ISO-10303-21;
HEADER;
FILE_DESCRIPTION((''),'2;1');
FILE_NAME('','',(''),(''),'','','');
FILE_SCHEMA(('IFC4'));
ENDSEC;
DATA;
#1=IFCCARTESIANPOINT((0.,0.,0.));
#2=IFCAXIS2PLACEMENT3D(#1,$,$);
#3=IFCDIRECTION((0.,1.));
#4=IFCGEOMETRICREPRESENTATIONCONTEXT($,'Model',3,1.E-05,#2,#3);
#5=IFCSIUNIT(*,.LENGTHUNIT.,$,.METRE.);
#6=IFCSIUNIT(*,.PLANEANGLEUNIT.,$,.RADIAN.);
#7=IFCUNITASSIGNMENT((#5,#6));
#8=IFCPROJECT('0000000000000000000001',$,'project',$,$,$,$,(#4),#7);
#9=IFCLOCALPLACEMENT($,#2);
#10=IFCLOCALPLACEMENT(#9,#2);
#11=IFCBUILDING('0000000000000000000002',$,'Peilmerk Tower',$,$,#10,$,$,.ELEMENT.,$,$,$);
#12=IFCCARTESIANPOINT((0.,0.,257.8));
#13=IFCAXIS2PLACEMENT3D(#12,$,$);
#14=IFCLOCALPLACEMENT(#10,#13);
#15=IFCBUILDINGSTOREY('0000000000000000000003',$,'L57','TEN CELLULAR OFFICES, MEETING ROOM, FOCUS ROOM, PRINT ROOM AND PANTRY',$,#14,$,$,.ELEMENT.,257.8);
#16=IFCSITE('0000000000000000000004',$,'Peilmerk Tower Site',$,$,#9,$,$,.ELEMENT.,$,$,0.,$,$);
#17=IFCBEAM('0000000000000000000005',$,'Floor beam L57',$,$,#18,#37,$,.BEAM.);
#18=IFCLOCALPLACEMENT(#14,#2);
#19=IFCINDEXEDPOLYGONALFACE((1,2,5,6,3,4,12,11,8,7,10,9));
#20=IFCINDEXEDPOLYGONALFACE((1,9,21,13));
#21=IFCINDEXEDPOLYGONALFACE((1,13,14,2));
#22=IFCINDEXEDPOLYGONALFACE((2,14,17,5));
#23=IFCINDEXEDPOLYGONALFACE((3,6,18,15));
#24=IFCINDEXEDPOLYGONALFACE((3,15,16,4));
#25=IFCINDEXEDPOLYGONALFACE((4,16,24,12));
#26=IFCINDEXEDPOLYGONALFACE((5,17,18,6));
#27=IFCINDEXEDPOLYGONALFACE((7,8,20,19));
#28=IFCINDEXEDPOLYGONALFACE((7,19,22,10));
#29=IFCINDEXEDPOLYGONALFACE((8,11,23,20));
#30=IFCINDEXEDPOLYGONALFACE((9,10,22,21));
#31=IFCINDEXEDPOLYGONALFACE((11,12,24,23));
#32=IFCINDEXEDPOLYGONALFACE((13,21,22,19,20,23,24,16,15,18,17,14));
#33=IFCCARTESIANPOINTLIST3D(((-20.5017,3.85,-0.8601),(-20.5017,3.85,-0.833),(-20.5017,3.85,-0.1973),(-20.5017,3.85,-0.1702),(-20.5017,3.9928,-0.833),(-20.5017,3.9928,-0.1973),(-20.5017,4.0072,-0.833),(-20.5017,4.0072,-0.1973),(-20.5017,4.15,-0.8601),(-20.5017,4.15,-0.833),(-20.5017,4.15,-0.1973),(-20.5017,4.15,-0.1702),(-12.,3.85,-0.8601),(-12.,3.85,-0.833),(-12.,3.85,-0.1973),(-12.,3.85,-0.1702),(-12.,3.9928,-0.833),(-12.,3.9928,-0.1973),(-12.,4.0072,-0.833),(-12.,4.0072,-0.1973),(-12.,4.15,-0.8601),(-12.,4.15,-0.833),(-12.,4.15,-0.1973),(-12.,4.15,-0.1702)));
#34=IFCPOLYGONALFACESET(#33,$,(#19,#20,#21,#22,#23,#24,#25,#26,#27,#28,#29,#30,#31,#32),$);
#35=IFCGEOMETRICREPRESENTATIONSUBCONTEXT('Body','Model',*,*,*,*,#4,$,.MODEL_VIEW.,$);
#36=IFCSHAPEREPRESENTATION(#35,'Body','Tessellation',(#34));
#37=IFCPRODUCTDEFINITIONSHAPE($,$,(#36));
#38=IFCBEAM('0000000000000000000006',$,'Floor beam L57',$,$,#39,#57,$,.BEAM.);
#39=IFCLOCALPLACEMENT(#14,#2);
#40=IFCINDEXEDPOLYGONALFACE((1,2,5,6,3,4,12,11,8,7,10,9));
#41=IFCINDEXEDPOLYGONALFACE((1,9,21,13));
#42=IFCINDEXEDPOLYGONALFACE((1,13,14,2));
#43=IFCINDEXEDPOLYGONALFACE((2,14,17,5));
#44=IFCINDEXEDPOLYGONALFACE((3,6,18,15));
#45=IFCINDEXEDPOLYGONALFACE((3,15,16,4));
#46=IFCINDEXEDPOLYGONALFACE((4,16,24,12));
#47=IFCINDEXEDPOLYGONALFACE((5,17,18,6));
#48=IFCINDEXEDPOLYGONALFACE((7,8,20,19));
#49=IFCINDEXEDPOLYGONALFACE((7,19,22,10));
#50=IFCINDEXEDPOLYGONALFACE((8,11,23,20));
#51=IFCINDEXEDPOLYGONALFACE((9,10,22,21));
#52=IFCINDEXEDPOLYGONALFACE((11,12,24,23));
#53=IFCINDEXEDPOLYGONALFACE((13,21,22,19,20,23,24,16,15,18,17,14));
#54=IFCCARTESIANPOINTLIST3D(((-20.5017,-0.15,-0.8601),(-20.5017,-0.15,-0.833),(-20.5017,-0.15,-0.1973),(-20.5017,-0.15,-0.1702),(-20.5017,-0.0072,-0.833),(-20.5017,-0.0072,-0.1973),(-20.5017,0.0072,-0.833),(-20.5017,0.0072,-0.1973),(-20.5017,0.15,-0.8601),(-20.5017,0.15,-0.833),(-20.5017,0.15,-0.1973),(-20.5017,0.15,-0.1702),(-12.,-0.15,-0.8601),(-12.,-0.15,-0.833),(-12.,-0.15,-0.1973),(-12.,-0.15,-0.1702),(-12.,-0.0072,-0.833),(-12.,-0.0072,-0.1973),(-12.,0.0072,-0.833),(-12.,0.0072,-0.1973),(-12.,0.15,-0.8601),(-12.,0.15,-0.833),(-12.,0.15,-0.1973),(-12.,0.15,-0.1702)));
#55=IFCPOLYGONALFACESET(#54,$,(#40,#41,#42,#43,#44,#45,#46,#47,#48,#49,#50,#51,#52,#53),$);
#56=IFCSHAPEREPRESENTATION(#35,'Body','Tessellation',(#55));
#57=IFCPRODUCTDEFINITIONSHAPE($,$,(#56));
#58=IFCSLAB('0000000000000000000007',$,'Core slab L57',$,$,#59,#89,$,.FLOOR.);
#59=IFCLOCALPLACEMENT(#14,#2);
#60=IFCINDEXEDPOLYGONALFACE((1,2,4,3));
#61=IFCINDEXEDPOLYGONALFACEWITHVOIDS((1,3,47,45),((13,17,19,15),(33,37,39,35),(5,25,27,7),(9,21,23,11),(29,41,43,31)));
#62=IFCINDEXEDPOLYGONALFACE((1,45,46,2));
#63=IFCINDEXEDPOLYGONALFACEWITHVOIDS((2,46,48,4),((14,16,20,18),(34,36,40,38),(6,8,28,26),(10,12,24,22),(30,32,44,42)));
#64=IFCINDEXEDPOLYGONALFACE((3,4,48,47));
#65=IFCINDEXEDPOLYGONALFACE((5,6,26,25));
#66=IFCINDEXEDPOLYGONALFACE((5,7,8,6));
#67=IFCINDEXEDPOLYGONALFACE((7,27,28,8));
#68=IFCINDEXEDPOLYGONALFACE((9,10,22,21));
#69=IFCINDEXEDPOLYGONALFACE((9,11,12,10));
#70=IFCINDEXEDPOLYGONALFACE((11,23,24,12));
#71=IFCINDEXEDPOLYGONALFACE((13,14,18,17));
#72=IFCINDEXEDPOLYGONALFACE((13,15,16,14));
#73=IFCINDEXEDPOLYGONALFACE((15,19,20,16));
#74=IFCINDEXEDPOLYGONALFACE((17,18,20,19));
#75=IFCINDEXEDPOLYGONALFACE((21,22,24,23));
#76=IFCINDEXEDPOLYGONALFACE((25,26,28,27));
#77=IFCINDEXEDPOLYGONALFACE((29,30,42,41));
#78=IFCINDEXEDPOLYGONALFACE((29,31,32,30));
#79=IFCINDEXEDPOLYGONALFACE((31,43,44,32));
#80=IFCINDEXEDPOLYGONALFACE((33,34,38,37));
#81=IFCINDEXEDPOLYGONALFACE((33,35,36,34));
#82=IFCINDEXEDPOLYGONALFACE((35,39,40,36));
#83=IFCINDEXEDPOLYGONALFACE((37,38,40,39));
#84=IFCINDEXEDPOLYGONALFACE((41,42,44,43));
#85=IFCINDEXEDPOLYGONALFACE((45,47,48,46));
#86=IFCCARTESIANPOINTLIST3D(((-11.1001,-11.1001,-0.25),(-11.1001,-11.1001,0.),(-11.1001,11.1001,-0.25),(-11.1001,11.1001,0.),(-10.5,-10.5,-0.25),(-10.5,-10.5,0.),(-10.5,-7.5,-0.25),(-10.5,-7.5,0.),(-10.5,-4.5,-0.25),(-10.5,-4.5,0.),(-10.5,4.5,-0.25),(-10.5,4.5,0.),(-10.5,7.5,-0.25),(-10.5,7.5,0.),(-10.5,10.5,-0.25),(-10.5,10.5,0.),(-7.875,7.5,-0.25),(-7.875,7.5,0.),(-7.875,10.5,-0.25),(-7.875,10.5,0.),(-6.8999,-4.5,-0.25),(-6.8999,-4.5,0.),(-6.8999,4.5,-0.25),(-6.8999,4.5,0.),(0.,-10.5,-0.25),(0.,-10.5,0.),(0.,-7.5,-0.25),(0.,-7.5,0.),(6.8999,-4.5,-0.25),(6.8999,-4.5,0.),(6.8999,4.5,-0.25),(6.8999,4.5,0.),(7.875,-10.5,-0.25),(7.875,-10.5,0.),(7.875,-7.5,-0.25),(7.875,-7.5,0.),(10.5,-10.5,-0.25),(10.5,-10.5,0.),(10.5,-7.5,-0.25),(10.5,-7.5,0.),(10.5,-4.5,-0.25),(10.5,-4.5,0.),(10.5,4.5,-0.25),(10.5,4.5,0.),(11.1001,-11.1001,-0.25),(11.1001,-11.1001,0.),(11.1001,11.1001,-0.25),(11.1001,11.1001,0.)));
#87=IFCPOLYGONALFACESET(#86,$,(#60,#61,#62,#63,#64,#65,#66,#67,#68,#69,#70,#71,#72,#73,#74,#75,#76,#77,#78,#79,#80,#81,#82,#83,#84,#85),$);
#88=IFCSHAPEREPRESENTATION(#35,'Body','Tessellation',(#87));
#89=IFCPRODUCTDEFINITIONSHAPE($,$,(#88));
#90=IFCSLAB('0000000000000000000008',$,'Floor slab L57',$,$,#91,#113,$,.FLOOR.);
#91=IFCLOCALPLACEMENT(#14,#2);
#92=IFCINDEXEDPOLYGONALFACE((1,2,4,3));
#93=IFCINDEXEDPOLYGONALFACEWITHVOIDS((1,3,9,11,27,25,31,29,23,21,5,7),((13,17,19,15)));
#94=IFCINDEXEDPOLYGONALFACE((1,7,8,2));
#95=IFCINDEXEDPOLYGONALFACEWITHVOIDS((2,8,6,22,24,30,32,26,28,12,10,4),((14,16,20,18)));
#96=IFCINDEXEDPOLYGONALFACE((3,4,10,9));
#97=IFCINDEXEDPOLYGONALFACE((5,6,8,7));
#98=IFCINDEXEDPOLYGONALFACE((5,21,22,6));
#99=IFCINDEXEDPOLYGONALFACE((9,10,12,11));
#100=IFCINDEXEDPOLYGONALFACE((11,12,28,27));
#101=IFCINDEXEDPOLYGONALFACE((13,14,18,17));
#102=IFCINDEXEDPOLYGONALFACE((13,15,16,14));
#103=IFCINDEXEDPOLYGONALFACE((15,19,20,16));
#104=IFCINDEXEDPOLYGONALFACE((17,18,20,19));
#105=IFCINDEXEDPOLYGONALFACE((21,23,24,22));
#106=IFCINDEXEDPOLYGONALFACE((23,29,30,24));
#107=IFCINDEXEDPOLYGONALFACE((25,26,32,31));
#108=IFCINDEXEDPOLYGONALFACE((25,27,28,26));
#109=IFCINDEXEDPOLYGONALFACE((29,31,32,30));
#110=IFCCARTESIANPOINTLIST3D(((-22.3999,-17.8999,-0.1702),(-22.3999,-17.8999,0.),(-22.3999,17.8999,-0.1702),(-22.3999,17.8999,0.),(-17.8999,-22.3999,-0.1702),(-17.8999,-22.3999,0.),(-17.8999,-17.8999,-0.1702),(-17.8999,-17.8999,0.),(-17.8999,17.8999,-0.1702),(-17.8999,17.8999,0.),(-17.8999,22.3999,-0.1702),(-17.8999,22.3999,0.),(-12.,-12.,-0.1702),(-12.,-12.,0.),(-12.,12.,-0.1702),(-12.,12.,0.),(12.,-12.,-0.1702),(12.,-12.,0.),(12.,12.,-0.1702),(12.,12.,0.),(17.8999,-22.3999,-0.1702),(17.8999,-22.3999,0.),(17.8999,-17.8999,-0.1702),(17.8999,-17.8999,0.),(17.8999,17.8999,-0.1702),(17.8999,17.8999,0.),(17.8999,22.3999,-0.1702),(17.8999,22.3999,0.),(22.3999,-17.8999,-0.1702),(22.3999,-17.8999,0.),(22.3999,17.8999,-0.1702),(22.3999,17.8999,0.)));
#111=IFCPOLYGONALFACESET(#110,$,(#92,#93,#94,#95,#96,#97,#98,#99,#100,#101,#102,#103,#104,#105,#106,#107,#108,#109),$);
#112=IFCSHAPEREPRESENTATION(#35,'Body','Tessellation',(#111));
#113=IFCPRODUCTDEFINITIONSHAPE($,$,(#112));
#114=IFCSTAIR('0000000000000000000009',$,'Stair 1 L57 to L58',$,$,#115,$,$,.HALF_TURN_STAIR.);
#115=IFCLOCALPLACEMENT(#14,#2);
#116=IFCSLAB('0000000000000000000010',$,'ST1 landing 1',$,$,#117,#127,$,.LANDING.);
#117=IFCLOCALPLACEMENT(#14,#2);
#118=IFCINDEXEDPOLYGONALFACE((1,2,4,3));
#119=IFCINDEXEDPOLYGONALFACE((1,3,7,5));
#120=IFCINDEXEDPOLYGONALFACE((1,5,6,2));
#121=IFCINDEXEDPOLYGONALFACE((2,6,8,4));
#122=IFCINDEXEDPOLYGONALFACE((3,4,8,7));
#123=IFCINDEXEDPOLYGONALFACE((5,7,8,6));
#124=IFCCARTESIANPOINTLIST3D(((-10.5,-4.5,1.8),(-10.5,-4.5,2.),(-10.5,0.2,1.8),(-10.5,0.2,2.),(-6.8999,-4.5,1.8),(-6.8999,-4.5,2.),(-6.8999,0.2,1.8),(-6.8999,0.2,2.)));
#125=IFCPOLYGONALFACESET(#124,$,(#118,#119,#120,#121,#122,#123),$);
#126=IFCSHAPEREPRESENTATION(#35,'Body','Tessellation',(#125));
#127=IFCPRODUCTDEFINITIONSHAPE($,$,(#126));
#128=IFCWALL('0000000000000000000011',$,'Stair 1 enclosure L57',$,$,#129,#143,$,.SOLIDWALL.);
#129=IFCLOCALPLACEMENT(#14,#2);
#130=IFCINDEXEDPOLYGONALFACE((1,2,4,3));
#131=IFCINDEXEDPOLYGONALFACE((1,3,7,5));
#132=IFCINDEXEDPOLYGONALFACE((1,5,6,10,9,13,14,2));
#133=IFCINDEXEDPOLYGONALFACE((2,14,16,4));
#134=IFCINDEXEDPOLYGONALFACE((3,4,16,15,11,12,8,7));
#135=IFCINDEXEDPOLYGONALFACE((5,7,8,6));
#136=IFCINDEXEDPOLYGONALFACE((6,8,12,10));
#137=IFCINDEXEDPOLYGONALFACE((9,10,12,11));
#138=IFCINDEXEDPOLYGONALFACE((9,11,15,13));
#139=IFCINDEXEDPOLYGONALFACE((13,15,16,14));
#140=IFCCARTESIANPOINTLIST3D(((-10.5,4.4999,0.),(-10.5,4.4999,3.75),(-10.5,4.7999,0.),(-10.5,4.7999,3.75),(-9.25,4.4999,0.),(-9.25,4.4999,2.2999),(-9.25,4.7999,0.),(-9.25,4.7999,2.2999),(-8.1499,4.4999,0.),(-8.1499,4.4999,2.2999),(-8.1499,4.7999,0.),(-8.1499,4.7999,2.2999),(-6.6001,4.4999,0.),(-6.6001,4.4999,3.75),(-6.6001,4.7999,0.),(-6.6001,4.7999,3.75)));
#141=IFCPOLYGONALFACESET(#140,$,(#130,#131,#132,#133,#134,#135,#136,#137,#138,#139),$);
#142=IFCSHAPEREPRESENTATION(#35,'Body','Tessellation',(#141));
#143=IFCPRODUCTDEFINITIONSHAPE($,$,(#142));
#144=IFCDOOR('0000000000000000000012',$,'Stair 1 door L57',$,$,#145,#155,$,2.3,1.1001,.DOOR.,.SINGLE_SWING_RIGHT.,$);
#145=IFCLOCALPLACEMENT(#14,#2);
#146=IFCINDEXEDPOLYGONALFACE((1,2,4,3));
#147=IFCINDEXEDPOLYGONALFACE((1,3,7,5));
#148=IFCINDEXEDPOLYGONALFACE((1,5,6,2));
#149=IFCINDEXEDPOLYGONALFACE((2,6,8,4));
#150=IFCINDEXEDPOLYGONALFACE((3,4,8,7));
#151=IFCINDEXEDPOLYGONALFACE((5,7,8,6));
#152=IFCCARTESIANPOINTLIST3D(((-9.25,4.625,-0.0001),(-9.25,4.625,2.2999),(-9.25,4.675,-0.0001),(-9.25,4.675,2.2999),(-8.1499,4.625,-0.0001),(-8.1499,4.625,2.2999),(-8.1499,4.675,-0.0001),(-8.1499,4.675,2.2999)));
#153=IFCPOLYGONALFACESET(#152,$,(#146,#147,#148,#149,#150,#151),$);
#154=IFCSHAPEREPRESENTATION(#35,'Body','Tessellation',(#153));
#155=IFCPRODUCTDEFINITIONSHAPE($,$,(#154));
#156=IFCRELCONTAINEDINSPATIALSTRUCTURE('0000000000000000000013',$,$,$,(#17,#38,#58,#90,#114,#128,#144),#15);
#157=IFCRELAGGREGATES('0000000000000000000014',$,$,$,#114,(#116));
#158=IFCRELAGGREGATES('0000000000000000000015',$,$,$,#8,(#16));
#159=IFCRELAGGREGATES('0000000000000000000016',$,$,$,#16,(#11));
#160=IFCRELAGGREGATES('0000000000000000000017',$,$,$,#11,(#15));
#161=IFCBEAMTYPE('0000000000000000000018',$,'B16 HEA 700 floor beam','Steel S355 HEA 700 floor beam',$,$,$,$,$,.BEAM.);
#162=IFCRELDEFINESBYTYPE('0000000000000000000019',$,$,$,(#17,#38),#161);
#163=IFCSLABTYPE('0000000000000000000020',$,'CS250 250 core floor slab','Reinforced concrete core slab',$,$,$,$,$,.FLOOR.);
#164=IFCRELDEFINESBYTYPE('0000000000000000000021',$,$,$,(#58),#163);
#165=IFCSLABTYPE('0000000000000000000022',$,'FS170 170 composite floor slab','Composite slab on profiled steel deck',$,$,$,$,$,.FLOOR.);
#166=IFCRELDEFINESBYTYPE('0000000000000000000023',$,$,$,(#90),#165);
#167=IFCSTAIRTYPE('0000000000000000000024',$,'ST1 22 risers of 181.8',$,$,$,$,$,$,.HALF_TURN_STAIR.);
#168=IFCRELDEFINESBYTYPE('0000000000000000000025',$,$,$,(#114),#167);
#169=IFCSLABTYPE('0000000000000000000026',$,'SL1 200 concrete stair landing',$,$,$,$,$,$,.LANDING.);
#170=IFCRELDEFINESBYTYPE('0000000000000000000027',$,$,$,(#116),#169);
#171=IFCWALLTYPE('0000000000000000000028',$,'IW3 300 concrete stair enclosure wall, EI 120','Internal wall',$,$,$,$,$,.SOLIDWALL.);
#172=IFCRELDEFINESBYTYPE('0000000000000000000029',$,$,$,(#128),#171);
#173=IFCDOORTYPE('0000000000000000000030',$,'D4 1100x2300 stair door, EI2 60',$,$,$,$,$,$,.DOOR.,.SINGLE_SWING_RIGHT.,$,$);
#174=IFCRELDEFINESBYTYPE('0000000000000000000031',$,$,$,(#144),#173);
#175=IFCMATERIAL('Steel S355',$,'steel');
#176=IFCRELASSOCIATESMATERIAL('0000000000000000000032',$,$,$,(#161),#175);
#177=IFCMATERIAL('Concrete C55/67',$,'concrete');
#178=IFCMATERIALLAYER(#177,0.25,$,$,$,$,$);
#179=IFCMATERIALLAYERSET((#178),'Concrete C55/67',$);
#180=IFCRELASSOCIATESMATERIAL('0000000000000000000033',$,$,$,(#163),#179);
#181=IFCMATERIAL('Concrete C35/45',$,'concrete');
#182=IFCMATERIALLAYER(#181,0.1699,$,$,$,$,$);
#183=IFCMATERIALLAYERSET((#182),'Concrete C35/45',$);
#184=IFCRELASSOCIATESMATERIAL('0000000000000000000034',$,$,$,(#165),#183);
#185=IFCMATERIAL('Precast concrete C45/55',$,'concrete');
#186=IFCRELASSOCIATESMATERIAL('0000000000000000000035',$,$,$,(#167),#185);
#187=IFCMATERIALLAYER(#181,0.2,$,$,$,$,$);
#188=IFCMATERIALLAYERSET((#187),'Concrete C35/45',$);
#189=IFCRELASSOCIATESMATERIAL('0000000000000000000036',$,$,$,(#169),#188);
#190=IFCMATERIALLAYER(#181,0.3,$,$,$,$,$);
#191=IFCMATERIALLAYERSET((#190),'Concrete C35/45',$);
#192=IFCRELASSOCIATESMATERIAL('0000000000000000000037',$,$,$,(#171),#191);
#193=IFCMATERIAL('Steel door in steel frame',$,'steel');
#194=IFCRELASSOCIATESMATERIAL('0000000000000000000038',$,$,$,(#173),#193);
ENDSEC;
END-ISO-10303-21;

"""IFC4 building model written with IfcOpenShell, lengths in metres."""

from ifc_helpers import new_model, si_unit, direction, frame, frame_2d, origin, origin_2d, place, context, subcontext, project, spatial, polyline, rectangle, i_section, outline, extrude, material, layer, layer_set, material_profile, profile_set, type_object, element, fill, aggregate, save


model = new_model("IFC4")

# Units and contexts
model_context = context("Model", 3, precision=1e-05, world=origin(), true_north=direction((0.0, 1.0)))
body_context = subcontext(model_context, "Body", "Model", "MODEL_VIEW")
ifc_project = project(units=[si_unit("LENGTHUNIT", "METRE"), si_unit("PLANEANGLEUNIT", "RADIAN")], contexts=[model_context])

# Site, building, storey
site_placement = place(None, origin())
site = spatial("IfcSite", under=ifc_project, at=site_placement, Name="Peilmerk Tower Site", CompositionType="ELEMENT", RefElevation=0.0)
building_placement = place(site_placement, origin())
building = spatial("IfcBuilding", under=site, at=building_placement, Name="Peilmerk Tower", CompositionType="ELEMENT")
storey_placement = place(building_placement, frame((0.0, 0.0, 257.8)))
storey = spatial("IfcBuildingStorey", under=building, at=storey_placement, Name="L57", Description="TEN CELLULAR OFFICES, MEETING ROOM, FOCUS ROOM, PRINT ROOM AND PANTRY", CompositionType="ELEMENT", Elevation=257.8)

# Beams
ifc_material_1 = material(Name="Steel S355", Category="steel")
ifc_material_profile = material_profile(ifc_material_1, i_section(OverallWidth=0.3, OverallDepth=0.6899, WebThickness=0.0144, FlangeThickness=0.0271, at=origin_2d()), Name="HEA 700")
ifc_profile_set = profile_set([ifc_material_profile], Name="Steel S355")
beam_type = type_object("IfcBeamType", Name="B16 HEA 700 floor beam", Description="Steel S355 HEA 700 floor beam", PredefinedType="BEAM", material=ifc_profile_set)
for number, where, z_axis, x_axis, name in (
    (1, (-12.0, 4.0, -0.5151), (-1.0, 0.0, 0.0), (0.0, -1.0, 0.0), "Floor beam L57"),
    (2, (-12.0, 0.0, -0.5151), (-1.0, 0.0, 0.0), (0.0, -1.0, 0.0), "Floor beam L57"),
):
    element("IfcBeam", number, at=place(storey_placement, frame(where, z_axis=z_axis, x_axis=x_axis)), inside=storey, type_object=beam_type, Name=name, PredefinedType="BEAM", context=body_context, shape_type="SweptSolid", body=[
        extrude(i_section(OverallWidth=0.3, OverallDepth=0.6899, WebThickness=0.0144, FlangeThickness=0.0271, at=origin_2d()), origin(), (0.0, 0.0, 1.0), 8.5017),
    ])

# Slabs
ifc_material_2 = material(Name="Concrete C55/67", Category="concrete")
ifc_layer_1 = layer(ifc_material_2, 0.25)
ifc_layer_set_1 = layer_set([ifc_layer_1], Name="Concrete C55/67")
slab_type_1 = type_object("IfcSlabType", Name="CS250 250 core floor slab", Description="Reinforced concrete core slab", PredefinedType="FLOOR", material=ifc_layer_set_1)
slab_1_placement = place(storey_placement, frame((0.0, 0.0, -0.25)))
element("IfcSlab", 3, at=slab_1_placement, inside=storey, type_object=slab_type_1, Name="Core slab L57", PredefinedType="FLOOR", context=body_context, shape_type="SweptSolid", body=[
    extrude(outline(polyline([(11.1001, -11.1001), (11.1001, 11.1001), (-11.1001, 11.1001), (-11.1001, -11.1001), (11.1001, -11.1001)]), holes=[polyline([(-7.875, 7.5), (-10.5, 7.5), (-10.5, 10.5), (-7.875, 10.5), (-7.875, 7.5)]), polyline([(0.0, -10.5), (-10.5, -10.5), (-10.5, -7.5), (0.0, -7.5), (0.0, -10.5)]), polyline([(7.875, -10.5), (7.875, -7.5), (10.5, -7.5), (10.5, -10.5), (7.875, -10.5)]), polyline([(-10.5, 4.5), (-6.8999, 4.5), (-6.8999, -4.5), (-10.5, -4.5), (-10.5, 4.5)]), polyline([(10.5, 4.5), (10.5, -4.5), (6.8999, -4.5), (6.8999, 4.5), (10.5, 4.5)])]), origin(), (0.0, 0.0, 1.0), 0.25),
])
ifc_material_3 = material(Name="Concrete C35/45", Category="concrete")
ifc_layer_2 = layer(ifc_material_3, 0.1699)
ifc_layer_set_2 = layer_set([ifc_layer_2], Name="Concrete C35/45")
slab_type_2 = type_object("IfcSlabType", Name="FS170 170 composite floor slab", Description="Composite slab on profiled steel deck", PredefinedType="FLOOR", material=ifc_layer_set_2)
slab_2_placement = place(storey_placement, frame((0.0, 0.0, -0.1702)))
element("IfcSlab", 4, at=slab_2_placement, inside=storey, type_object=slab_type_2, Name="Floor slab L57", PredefinedType="FLOOR", context=body_context, shape_type="SweptSolid", body=[
    extrude(outline(polyline([(-17.8999, -22.3999), (17.8999, -22.3999), (17.8999, -17.8999), (22.3999, -17.8999), (22.3999, 17.8999), (17.8999, 17.8999), (17.8999, 22.3999), (-17.8999, 22.3999), (-17.8999, 17.8999), (-22.3999, 17.8999), (-22.3999, -17.8999), (-17.8999, -17.8999), (-17.8999, -22.3999)]), holes=[polyline([(12.0, 12.0), (12.0, -12.0), (-12.0, -12.0), (-12.0, 12.0), (12.0, 12.0)])]), origin(), (0.0, 0.0, 1.0), 0.1702),
])

# Stair, slab
ifc_material_4 = material(Name="Precast concrete C45/55", Category="concrete")
stair_type = type_object("IfcStairType", Name="ST1 22 risers of 181.8", PredefinedType="HALF_TURN_STAIR", material=ifc_material_4)
stair_placement = place(storey_placement, origin())
stair = element("IfcStair", 5, at=stair_placement, inside=storey, type_object=stair_type, Name="Stair 1 L57 to L58", PredefinedType="HALF_TURN_STAIR")
ifc_layer_3 = layer(ifc_material_3, 0.2)
ifc_layer_set_3 = layer_set([ifc_layer_3], Name="Concrete C35/45")
slab_type_3 = type_object("IfcSlabType", Name="SL1 200 concrete stair landing", PredefinedType="LANDING", material=ifc_layer_set_3)
slab_3_placement = place(storey_placement, frame((0.0, 0.0, 1.8)))
slab_3 = element("IfcSlab", 6, at=slab_3_placement, type_object=slab_type_3, Name="ST1 landing 1", PredefinedType="LANDING", context=body_context, shape_type="SweptSolid", body=[
    extrude(outline(polyline([(-10.5, -4.5), (-6.8999, -4.5), (-6.8999, 0.2), (-10.5, 0.2), (-10.5, -4.5)])), origin(), (0.0, 0.0, 1.0), 0.2),
])

# Wall, opening, door
ifc_layer_4 = layer(ifc_material_3, 0.3)
ifc_layer_set_4 = layer_set([ifc_layer_4], Name="Concrete C35/45")
wall_type_1 = type_object("IfcWallType", Name="IW3 300 concrete stair enclosure wall, EI 120", Description="Internal wall", PredefinedType="SOLIDWALL", material=ifc_layer_set_4)
wall_1_placement = place(storey_placement, frame((-10.5, 4.6499, 0.0), z_axis=(0.0, 0.0, 1.0), x_axis=(1.0, 0.0, 0.0)))
wall_1 = element("IfcWall", 7, at=wall_1_placement, inside=storey, type_object=wall_type_1, Name="Stair 1 enclosure L57", PredefinedType="SOLIDWALL", context=body_context, shape_type="SweptSolid", body=[
    extrude(rectangle(XDim=3.8999, YDim=0.3, at=frame_2d((1.95, 0.0))), origin(), (0.0, 0.0, 1.0), 3.75),
])
opening_1_placement = place(wall_1_placement, frame((1.25, 0.0, 0.0)))
opening_1 = element("IfcOpeningElement", 8, at=opening_1_placement, cuts=wall_1, PredefinedType="OPENING", context=body_context, shape_type="SweptSolid", body=[
    extrude(rectangle(XDim=1.1001, YDim=2.3, at=frame_2d((0.55, 1.1499))), frame((0.0, 0.1599, 0.0), z_axis=(0.0, -1.0, 0.0), x_axis=(1.0, 0.0, 0.0)), (0.0, 0.0, 1.0), 0.3201),
])
ifc_material_5 = material(Name="Steel door in steel frame", Category="steel")
door_type_1 = type_object("IfcDoorType", Name="D4 1100x2300 stair door, EI2 60", OperationType="SINGLE_SWING_RIGHT", PredefinedType="DOOR", material=ifc_material_5)
door_1_placement = place(opening_1_placement, frame((1.1001, 0.0, 0.0), z_axis=(0.0, 0.0, 1.0), x_axis=(-1.0, 0.0, 0.0)))
door_1 = element("IfcDoor", 9, at=door_1_placement, inside=storey, type_object=door_type_1, Name="Stair 1 door L57", OperationType="SINGLE_SWING_RIGHT", OverallHeight=2.3, OverallWidth=1.1001, PredefinedType="DOOR", context=body_context, shape_type="SweptSolid", body=[
    extrude(rectangle(XDim=1.1001, YDim=2.3, at=frame_2d((0.55, 1.1499))), frame((0.0, 0.0249, 0.0), z_axis=(0.0, -1.0, 0.0), x_axis=(1.0, 0.0, 0.0)), (0.0, 0.0, 1.0), 0.05),
])
fill(opening_1, door_1)

aggregate(stair, [slab_3])

save(model, "model.ifc")
